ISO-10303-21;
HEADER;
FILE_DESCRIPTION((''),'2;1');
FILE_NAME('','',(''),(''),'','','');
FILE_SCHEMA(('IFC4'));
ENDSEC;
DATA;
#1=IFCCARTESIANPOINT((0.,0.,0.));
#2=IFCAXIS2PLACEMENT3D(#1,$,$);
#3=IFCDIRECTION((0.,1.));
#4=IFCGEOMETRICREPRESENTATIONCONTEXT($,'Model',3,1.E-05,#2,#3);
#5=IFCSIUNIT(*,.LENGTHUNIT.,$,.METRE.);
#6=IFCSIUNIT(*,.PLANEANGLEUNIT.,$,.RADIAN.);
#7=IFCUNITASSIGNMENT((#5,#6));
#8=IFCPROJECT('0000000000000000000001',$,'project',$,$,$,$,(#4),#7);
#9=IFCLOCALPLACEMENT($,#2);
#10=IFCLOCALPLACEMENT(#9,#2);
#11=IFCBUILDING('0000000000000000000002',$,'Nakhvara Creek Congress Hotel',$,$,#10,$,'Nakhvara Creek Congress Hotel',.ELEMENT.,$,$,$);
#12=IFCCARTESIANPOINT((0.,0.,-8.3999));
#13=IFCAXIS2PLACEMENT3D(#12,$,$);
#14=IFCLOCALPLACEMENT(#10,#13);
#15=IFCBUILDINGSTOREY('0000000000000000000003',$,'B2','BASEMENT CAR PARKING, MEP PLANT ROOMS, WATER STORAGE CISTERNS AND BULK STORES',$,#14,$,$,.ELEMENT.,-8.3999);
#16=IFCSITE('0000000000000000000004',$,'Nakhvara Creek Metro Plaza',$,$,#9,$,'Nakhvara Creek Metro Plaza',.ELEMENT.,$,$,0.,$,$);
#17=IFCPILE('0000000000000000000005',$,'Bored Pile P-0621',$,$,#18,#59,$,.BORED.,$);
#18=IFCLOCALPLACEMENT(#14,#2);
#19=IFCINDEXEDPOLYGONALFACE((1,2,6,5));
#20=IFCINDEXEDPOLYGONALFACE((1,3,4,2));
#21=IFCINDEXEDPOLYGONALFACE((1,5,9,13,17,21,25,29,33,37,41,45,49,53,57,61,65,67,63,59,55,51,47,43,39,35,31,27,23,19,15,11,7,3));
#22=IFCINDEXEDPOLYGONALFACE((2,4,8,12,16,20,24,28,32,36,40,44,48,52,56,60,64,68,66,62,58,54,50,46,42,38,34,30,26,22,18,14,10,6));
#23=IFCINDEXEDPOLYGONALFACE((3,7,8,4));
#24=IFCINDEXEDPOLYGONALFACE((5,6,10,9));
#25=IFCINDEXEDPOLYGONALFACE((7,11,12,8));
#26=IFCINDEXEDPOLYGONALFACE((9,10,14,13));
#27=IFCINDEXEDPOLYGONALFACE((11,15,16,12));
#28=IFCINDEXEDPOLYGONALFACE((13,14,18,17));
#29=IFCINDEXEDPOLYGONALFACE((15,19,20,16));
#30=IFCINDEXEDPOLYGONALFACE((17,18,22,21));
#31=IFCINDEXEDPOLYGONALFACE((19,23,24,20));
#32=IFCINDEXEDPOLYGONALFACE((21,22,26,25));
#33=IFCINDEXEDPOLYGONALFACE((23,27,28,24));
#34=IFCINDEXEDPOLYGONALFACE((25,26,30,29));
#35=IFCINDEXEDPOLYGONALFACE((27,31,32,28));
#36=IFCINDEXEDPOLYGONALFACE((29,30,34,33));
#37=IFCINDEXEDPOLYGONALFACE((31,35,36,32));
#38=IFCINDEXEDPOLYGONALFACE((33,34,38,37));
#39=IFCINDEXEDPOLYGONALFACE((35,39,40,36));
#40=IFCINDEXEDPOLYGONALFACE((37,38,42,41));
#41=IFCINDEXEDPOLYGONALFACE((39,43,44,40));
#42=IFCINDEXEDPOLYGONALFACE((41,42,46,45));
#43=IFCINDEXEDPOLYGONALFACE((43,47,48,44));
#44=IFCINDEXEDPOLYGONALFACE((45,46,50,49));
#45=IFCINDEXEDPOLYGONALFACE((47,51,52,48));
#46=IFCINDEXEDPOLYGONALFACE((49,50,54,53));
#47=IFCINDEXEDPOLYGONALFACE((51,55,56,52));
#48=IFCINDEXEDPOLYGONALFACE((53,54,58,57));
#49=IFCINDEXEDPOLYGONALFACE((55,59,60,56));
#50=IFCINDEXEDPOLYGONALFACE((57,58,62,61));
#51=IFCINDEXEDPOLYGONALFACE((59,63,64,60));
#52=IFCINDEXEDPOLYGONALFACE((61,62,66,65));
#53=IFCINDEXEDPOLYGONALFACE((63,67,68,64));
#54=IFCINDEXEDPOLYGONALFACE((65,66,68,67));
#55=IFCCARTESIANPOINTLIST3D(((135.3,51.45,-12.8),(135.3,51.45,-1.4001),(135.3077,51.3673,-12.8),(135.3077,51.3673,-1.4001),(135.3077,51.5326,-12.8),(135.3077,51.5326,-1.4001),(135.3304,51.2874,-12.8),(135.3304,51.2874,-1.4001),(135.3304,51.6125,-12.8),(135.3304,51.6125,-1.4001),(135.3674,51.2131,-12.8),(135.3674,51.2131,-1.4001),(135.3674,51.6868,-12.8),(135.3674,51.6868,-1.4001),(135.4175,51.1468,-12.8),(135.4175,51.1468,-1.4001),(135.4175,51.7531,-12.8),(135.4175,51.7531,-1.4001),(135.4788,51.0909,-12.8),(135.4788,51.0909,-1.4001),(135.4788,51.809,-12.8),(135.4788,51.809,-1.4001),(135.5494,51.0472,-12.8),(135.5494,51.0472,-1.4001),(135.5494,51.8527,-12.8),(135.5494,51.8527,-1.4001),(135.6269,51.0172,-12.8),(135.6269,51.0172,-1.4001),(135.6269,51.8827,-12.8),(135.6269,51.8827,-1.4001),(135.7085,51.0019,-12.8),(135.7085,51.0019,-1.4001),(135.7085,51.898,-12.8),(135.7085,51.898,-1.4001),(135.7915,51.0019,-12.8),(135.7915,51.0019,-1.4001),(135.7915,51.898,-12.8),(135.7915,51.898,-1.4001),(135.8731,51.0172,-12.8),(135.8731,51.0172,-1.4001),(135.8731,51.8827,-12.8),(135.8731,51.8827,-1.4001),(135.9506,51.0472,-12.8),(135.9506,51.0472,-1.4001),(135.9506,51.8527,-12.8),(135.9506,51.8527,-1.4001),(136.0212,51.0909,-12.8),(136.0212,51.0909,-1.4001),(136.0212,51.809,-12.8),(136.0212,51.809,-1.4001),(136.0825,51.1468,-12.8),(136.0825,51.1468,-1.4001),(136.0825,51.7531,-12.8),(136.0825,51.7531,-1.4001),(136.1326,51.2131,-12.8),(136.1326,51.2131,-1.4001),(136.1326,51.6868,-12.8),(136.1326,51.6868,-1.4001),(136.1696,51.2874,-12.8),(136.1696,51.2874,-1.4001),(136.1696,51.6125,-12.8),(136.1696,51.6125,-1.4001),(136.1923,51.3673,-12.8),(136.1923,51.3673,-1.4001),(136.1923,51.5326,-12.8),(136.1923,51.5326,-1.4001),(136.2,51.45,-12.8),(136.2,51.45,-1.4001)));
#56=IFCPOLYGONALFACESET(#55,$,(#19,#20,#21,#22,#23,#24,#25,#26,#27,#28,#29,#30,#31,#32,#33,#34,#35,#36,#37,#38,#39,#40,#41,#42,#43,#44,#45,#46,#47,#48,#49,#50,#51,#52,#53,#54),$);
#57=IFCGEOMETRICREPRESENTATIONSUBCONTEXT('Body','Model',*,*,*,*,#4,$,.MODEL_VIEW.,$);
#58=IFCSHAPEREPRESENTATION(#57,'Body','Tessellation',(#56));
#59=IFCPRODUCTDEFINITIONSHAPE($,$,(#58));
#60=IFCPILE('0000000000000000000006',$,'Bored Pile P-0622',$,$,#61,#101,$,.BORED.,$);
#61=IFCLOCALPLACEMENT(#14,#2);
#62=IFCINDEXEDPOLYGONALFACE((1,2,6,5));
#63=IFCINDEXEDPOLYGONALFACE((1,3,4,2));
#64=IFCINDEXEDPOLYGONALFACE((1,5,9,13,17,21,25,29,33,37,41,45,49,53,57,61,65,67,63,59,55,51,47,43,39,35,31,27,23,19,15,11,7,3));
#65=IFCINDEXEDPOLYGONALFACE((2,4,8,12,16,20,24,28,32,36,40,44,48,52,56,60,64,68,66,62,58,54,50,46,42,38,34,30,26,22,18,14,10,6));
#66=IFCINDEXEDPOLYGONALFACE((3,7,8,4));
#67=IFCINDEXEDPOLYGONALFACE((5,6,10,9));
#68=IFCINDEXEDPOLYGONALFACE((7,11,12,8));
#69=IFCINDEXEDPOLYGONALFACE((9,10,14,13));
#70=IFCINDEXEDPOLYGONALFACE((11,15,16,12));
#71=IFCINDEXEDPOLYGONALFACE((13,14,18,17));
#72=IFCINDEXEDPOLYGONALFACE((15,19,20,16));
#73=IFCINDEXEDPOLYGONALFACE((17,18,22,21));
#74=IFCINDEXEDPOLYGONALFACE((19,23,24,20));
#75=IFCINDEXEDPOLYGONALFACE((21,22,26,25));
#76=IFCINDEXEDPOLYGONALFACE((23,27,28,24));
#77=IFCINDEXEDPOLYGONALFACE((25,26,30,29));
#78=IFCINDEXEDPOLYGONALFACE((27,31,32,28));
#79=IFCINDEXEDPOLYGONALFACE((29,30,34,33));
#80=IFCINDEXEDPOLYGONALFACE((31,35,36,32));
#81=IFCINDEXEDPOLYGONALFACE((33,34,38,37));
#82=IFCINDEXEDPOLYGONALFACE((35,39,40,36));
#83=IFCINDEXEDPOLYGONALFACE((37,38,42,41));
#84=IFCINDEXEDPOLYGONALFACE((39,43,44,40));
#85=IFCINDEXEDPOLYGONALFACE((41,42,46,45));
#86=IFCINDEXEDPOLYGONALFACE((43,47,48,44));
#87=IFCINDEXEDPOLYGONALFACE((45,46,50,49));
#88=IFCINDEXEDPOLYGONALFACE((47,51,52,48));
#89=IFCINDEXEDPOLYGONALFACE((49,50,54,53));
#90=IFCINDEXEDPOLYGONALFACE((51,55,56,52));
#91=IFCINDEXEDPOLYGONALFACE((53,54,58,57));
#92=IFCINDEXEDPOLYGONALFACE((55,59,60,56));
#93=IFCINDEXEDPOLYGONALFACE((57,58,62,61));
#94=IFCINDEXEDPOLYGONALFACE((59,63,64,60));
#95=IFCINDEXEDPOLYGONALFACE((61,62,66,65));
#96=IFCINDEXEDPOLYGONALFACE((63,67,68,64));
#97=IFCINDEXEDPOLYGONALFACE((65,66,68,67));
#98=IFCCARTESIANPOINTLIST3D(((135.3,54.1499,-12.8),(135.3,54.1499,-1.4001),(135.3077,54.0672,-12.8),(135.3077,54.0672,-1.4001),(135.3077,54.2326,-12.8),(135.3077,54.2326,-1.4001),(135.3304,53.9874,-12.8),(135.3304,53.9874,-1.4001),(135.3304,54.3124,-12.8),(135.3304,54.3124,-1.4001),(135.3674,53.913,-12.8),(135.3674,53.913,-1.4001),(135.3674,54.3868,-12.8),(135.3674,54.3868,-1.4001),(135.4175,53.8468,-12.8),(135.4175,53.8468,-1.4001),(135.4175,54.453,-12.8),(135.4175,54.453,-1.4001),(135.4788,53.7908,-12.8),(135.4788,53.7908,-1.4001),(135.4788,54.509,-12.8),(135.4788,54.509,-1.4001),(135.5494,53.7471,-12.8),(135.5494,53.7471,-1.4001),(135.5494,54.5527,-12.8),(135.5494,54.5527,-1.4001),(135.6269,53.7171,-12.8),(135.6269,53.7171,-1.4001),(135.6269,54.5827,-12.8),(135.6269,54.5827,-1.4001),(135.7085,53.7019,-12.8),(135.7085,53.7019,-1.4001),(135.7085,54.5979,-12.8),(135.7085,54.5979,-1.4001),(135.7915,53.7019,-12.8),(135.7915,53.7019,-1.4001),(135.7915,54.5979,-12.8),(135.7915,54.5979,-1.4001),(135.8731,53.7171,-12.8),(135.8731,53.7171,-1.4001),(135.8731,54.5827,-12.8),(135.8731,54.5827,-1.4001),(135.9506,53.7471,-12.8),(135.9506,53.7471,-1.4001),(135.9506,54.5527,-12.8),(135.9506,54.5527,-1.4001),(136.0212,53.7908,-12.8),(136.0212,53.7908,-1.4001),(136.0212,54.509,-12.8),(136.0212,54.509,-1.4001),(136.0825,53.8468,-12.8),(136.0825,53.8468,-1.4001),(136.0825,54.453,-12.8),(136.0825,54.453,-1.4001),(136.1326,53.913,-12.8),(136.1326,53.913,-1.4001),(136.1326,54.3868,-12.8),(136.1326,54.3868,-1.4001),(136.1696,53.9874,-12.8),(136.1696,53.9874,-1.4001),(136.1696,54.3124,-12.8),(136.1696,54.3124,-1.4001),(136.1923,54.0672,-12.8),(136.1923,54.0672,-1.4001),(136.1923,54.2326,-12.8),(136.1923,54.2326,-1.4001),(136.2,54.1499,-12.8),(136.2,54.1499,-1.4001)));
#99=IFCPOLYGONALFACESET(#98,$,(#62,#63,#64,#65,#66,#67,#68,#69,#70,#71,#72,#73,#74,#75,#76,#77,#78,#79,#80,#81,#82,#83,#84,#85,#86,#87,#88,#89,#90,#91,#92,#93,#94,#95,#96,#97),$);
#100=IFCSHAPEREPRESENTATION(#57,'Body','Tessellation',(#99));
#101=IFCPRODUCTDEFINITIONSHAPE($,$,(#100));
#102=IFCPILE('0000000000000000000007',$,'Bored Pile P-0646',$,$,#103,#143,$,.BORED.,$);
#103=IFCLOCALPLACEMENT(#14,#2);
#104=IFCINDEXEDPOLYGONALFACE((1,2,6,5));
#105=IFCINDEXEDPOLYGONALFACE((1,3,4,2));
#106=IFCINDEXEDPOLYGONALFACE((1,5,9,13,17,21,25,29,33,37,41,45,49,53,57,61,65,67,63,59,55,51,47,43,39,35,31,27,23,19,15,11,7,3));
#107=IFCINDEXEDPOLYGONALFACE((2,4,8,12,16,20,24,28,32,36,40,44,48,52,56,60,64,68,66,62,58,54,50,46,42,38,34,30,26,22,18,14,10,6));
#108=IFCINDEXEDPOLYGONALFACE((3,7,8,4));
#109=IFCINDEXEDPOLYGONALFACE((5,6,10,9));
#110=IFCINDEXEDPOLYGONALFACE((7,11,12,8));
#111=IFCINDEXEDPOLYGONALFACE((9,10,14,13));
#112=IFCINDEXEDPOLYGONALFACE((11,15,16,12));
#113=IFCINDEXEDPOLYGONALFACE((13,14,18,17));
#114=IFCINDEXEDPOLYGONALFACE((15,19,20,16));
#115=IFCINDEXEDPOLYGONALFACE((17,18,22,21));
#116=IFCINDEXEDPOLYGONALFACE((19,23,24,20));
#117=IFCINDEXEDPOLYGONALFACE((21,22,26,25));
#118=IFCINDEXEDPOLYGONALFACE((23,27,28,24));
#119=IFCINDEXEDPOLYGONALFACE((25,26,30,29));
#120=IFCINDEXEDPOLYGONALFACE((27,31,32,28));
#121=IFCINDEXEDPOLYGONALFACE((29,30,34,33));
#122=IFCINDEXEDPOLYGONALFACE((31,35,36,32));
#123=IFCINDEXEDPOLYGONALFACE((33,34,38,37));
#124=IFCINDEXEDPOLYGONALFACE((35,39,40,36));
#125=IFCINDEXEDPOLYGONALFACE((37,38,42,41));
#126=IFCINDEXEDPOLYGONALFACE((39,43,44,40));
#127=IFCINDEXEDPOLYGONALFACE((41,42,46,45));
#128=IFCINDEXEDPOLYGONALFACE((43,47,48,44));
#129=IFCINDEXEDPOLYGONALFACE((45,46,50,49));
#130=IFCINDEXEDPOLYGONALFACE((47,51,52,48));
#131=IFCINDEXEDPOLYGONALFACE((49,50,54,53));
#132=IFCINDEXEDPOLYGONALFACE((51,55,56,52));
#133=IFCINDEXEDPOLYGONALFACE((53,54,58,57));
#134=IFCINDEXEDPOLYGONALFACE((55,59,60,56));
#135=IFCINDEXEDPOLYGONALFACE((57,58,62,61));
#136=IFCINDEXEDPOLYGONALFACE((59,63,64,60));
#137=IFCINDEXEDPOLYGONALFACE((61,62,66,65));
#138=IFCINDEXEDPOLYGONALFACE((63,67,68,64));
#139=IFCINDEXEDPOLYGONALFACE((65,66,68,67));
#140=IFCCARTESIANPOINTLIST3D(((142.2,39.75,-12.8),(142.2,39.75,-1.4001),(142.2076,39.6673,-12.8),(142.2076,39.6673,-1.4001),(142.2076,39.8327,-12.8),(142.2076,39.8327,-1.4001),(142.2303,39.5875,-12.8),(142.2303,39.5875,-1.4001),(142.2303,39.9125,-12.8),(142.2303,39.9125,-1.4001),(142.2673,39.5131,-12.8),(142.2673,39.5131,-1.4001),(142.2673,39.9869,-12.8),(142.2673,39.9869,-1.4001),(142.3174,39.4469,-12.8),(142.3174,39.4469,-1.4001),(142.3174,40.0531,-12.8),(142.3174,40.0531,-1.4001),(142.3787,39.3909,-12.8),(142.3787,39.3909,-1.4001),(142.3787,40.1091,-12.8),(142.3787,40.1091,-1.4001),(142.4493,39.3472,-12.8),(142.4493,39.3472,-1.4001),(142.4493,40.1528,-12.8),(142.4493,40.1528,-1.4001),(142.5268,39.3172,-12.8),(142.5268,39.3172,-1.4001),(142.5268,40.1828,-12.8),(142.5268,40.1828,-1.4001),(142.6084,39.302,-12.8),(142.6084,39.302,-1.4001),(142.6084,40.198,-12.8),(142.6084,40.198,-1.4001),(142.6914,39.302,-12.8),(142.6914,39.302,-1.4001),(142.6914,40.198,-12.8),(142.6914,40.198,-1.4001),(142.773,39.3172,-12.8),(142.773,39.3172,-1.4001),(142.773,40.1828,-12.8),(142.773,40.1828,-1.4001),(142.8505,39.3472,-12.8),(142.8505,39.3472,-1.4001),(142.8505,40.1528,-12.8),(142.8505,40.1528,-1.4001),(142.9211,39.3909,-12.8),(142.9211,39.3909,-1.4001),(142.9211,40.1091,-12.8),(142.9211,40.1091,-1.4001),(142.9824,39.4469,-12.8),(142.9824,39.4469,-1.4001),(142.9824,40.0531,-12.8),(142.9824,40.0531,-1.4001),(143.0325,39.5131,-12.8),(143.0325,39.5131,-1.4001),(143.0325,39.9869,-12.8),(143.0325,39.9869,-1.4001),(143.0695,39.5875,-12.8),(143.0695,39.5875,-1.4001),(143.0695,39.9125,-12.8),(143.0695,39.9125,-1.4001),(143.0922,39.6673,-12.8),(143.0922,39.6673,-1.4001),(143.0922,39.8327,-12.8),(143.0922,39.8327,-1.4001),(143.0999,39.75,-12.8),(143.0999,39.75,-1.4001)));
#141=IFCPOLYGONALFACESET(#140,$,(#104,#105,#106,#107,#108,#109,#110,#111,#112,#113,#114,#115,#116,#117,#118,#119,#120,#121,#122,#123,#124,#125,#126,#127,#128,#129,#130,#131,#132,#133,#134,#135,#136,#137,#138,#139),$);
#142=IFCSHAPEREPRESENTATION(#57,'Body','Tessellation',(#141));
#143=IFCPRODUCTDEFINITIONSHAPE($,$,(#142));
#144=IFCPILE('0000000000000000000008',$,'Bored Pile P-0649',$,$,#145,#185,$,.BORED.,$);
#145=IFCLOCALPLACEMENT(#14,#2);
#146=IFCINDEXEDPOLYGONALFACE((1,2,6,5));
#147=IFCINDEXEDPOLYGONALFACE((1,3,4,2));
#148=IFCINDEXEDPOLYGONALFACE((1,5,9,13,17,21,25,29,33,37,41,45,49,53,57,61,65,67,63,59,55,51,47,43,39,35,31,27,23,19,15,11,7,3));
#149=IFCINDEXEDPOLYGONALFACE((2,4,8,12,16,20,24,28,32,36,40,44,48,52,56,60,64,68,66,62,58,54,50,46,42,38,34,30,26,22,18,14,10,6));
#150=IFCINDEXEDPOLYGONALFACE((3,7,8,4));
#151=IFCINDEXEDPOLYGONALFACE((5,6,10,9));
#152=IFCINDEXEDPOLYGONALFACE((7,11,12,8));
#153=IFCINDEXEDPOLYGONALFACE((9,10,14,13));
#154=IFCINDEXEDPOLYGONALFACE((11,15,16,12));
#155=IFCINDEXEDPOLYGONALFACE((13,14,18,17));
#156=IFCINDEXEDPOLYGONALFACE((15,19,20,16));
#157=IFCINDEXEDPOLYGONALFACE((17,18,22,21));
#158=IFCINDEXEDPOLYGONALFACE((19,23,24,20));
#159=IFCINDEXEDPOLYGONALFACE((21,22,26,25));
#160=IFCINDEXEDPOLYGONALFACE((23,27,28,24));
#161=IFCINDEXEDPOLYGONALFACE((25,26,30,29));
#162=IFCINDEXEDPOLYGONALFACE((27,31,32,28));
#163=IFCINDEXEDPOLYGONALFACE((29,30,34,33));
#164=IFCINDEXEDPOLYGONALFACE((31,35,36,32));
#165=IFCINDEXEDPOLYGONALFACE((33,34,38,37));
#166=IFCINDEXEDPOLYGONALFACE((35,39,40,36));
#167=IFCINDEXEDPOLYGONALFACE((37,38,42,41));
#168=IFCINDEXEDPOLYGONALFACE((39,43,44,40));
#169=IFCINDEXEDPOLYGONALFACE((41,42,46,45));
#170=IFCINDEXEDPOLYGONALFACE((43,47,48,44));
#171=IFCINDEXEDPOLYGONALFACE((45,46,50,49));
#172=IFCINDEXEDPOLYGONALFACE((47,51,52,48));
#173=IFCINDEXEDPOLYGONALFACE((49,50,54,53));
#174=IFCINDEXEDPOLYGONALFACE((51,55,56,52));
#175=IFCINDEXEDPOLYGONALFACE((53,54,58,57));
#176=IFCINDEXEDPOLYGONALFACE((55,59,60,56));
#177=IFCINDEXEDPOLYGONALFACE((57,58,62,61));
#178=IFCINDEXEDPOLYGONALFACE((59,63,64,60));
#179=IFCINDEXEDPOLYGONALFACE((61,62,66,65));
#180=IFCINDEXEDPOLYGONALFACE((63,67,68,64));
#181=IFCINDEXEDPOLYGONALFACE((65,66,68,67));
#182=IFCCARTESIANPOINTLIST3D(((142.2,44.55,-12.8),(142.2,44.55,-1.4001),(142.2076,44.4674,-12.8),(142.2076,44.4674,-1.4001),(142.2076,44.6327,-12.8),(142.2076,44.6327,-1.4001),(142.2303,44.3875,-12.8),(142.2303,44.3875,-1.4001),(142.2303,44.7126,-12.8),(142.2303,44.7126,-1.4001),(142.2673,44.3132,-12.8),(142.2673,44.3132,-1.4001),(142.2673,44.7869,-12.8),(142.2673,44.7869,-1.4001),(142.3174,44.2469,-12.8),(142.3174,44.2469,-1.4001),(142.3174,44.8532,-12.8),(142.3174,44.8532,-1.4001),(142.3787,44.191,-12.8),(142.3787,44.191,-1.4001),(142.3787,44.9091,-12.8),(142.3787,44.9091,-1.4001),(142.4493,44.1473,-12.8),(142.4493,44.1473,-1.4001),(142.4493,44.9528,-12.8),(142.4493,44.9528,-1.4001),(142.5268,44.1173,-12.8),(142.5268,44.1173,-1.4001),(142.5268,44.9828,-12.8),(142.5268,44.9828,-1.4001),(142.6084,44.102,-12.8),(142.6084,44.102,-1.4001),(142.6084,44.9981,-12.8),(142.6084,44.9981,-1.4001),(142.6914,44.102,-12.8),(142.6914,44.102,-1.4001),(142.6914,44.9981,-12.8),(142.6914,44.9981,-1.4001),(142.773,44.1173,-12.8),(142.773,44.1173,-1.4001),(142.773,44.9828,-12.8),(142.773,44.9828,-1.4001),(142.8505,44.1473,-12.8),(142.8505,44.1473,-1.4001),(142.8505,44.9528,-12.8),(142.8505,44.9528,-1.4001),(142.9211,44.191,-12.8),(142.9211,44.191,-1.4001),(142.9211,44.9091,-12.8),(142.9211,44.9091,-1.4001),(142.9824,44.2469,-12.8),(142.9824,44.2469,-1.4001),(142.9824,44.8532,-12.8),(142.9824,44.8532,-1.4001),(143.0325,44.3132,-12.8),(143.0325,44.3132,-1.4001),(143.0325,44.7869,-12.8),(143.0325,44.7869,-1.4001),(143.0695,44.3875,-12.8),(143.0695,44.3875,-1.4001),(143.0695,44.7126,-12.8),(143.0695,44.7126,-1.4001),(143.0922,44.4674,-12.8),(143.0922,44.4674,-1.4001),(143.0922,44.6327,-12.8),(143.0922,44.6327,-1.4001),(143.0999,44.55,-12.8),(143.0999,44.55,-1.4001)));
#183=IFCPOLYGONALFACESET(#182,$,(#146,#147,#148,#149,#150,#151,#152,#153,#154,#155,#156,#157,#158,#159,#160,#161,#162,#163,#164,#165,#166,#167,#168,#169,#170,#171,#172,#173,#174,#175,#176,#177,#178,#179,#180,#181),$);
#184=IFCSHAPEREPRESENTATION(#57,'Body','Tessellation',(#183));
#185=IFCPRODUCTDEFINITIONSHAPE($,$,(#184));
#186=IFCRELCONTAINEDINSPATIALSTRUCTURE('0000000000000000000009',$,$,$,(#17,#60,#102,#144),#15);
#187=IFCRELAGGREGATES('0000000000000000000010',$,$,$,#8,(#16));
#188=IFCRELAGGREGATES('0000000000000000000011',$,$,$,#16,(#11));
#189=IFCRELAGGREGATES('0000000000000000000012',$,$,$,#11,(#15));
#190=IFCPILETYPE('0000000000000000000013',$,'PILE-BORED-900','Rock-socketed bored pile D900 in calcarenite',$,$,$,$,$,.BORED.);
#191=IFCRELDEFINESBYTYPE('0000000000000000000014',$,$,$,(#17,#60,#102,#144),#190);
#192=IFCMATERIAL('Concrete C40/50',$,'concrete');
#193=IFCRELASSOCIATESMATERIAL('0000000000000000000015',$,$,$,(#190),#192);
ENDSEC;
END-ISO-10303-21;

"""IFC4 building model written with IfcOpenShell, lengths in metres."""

from ifc_helpers import new_model, si_unit, direction, frame, origin, origin_2d, place, context, subcontext, project, spatial, circle, extrude, material, material_profile, profile_set, type_object, element, save


model = new_model("IFC4")

# Units and contexts
model_context = context("Model", 3, precision=1e-05, world=origin(), true_north=direction((0.0, 1.0)))
body_context = subcontext(model_context, "Body", "Model", "MODEL_VIEW")
ifc_project = project(units=[si_unit("LENGTHUNIT", "METRE"), si_unit("PLANEANGLEUNIT", "RADIAN")], contexts=[model_context])

# Site, building, storey
site_placement = place(None, origin())
site = spatial("IfcSite", under=ifc_project, at=site_placement, Name="Nakhvara Creek Metro Plaza", LongName="Nakhvara Creek Metro Plaza", CompositionType="ELEMENT", RefElevation=0.0)
building_placement = place(site_placement, origin())
building = spatial("IfcBuilding", under=site, at=building_placement, Name="Nakhvara Creek Congress Hotel", LongName="Nakhvara Creek Congress Hotel", CompositionType="ELEMENT")
storey_placement = place(building_placement, frame((0.0, 0.0, -8.3999)))
storey = spatial("IfcBuildingStorey", under=building, at=storey_placement, Name="B2", Description="BASEMENT CAR PARKING, MEP PLANT ROOMS, WATER STORAGE CISTERNS AND BULK STORES", CompositionType="ELEMENT", Elevation=-8.3999)

# Shared definitions
ifc_material_1 = material(Name="Concrete C40/50", Category="concrete")

# Piles
ifc_material_profile_1 = material_profile(ifc_material_1, circle(Radius=0.45, at=origin_2d()), Name="BORED PILE D900", Category="LoadBearing")
ifc_profile_set_1 = profile_set([ifc_material_profile_1], Name="Concrete C40/50")
pile_type = type_object("IfcPileType", Name="PILE-BORED-900", Description="Rock-socketed bored pile D900 in calcarenite", PredefinedType="BORED", material=ifc_profile_set_1)
for number, where, z_axis, x_axis, name in (
    (1, (135.75, 51.45, -1.4001), (0.0, 0.0, -1.0), (1.0, 0.0, 0.0), "Bored Pile P-0621"),
    (2, (135.75, 54.1499, -1.4001), (0.0, 0.0, -1.0), (1.0, 0.0, 0.0), "Bored Pile P-0622"),
    (3, (142.6499, 39.75, -1.4001), (0.0, 0.0, -1.0), (1.0, 0.0, 0.0), "Bored Pile P-0646"),
    (4, (142.6499, 44.55, -1.4001), (0.0, 0.0, -1.0), (1.0, 0.0, 0.0), "Bored Pile P-0649"),
):
    element("IfcPile", number, at=place(storey_placement, frame(where, z_axis=z_axis, x_axis=x_axis)), inside=storey, type_object=pile_type, Name=name, PredefinedType="BORED", context=body_context, shape_type="SweptSolid", body=[
        extrude(circle(Radius=0.45, at=origin_2d()), origin(), (0.0, 0.0, 1.0), 11.3999),
    ])

save(model, "model.ifc")
